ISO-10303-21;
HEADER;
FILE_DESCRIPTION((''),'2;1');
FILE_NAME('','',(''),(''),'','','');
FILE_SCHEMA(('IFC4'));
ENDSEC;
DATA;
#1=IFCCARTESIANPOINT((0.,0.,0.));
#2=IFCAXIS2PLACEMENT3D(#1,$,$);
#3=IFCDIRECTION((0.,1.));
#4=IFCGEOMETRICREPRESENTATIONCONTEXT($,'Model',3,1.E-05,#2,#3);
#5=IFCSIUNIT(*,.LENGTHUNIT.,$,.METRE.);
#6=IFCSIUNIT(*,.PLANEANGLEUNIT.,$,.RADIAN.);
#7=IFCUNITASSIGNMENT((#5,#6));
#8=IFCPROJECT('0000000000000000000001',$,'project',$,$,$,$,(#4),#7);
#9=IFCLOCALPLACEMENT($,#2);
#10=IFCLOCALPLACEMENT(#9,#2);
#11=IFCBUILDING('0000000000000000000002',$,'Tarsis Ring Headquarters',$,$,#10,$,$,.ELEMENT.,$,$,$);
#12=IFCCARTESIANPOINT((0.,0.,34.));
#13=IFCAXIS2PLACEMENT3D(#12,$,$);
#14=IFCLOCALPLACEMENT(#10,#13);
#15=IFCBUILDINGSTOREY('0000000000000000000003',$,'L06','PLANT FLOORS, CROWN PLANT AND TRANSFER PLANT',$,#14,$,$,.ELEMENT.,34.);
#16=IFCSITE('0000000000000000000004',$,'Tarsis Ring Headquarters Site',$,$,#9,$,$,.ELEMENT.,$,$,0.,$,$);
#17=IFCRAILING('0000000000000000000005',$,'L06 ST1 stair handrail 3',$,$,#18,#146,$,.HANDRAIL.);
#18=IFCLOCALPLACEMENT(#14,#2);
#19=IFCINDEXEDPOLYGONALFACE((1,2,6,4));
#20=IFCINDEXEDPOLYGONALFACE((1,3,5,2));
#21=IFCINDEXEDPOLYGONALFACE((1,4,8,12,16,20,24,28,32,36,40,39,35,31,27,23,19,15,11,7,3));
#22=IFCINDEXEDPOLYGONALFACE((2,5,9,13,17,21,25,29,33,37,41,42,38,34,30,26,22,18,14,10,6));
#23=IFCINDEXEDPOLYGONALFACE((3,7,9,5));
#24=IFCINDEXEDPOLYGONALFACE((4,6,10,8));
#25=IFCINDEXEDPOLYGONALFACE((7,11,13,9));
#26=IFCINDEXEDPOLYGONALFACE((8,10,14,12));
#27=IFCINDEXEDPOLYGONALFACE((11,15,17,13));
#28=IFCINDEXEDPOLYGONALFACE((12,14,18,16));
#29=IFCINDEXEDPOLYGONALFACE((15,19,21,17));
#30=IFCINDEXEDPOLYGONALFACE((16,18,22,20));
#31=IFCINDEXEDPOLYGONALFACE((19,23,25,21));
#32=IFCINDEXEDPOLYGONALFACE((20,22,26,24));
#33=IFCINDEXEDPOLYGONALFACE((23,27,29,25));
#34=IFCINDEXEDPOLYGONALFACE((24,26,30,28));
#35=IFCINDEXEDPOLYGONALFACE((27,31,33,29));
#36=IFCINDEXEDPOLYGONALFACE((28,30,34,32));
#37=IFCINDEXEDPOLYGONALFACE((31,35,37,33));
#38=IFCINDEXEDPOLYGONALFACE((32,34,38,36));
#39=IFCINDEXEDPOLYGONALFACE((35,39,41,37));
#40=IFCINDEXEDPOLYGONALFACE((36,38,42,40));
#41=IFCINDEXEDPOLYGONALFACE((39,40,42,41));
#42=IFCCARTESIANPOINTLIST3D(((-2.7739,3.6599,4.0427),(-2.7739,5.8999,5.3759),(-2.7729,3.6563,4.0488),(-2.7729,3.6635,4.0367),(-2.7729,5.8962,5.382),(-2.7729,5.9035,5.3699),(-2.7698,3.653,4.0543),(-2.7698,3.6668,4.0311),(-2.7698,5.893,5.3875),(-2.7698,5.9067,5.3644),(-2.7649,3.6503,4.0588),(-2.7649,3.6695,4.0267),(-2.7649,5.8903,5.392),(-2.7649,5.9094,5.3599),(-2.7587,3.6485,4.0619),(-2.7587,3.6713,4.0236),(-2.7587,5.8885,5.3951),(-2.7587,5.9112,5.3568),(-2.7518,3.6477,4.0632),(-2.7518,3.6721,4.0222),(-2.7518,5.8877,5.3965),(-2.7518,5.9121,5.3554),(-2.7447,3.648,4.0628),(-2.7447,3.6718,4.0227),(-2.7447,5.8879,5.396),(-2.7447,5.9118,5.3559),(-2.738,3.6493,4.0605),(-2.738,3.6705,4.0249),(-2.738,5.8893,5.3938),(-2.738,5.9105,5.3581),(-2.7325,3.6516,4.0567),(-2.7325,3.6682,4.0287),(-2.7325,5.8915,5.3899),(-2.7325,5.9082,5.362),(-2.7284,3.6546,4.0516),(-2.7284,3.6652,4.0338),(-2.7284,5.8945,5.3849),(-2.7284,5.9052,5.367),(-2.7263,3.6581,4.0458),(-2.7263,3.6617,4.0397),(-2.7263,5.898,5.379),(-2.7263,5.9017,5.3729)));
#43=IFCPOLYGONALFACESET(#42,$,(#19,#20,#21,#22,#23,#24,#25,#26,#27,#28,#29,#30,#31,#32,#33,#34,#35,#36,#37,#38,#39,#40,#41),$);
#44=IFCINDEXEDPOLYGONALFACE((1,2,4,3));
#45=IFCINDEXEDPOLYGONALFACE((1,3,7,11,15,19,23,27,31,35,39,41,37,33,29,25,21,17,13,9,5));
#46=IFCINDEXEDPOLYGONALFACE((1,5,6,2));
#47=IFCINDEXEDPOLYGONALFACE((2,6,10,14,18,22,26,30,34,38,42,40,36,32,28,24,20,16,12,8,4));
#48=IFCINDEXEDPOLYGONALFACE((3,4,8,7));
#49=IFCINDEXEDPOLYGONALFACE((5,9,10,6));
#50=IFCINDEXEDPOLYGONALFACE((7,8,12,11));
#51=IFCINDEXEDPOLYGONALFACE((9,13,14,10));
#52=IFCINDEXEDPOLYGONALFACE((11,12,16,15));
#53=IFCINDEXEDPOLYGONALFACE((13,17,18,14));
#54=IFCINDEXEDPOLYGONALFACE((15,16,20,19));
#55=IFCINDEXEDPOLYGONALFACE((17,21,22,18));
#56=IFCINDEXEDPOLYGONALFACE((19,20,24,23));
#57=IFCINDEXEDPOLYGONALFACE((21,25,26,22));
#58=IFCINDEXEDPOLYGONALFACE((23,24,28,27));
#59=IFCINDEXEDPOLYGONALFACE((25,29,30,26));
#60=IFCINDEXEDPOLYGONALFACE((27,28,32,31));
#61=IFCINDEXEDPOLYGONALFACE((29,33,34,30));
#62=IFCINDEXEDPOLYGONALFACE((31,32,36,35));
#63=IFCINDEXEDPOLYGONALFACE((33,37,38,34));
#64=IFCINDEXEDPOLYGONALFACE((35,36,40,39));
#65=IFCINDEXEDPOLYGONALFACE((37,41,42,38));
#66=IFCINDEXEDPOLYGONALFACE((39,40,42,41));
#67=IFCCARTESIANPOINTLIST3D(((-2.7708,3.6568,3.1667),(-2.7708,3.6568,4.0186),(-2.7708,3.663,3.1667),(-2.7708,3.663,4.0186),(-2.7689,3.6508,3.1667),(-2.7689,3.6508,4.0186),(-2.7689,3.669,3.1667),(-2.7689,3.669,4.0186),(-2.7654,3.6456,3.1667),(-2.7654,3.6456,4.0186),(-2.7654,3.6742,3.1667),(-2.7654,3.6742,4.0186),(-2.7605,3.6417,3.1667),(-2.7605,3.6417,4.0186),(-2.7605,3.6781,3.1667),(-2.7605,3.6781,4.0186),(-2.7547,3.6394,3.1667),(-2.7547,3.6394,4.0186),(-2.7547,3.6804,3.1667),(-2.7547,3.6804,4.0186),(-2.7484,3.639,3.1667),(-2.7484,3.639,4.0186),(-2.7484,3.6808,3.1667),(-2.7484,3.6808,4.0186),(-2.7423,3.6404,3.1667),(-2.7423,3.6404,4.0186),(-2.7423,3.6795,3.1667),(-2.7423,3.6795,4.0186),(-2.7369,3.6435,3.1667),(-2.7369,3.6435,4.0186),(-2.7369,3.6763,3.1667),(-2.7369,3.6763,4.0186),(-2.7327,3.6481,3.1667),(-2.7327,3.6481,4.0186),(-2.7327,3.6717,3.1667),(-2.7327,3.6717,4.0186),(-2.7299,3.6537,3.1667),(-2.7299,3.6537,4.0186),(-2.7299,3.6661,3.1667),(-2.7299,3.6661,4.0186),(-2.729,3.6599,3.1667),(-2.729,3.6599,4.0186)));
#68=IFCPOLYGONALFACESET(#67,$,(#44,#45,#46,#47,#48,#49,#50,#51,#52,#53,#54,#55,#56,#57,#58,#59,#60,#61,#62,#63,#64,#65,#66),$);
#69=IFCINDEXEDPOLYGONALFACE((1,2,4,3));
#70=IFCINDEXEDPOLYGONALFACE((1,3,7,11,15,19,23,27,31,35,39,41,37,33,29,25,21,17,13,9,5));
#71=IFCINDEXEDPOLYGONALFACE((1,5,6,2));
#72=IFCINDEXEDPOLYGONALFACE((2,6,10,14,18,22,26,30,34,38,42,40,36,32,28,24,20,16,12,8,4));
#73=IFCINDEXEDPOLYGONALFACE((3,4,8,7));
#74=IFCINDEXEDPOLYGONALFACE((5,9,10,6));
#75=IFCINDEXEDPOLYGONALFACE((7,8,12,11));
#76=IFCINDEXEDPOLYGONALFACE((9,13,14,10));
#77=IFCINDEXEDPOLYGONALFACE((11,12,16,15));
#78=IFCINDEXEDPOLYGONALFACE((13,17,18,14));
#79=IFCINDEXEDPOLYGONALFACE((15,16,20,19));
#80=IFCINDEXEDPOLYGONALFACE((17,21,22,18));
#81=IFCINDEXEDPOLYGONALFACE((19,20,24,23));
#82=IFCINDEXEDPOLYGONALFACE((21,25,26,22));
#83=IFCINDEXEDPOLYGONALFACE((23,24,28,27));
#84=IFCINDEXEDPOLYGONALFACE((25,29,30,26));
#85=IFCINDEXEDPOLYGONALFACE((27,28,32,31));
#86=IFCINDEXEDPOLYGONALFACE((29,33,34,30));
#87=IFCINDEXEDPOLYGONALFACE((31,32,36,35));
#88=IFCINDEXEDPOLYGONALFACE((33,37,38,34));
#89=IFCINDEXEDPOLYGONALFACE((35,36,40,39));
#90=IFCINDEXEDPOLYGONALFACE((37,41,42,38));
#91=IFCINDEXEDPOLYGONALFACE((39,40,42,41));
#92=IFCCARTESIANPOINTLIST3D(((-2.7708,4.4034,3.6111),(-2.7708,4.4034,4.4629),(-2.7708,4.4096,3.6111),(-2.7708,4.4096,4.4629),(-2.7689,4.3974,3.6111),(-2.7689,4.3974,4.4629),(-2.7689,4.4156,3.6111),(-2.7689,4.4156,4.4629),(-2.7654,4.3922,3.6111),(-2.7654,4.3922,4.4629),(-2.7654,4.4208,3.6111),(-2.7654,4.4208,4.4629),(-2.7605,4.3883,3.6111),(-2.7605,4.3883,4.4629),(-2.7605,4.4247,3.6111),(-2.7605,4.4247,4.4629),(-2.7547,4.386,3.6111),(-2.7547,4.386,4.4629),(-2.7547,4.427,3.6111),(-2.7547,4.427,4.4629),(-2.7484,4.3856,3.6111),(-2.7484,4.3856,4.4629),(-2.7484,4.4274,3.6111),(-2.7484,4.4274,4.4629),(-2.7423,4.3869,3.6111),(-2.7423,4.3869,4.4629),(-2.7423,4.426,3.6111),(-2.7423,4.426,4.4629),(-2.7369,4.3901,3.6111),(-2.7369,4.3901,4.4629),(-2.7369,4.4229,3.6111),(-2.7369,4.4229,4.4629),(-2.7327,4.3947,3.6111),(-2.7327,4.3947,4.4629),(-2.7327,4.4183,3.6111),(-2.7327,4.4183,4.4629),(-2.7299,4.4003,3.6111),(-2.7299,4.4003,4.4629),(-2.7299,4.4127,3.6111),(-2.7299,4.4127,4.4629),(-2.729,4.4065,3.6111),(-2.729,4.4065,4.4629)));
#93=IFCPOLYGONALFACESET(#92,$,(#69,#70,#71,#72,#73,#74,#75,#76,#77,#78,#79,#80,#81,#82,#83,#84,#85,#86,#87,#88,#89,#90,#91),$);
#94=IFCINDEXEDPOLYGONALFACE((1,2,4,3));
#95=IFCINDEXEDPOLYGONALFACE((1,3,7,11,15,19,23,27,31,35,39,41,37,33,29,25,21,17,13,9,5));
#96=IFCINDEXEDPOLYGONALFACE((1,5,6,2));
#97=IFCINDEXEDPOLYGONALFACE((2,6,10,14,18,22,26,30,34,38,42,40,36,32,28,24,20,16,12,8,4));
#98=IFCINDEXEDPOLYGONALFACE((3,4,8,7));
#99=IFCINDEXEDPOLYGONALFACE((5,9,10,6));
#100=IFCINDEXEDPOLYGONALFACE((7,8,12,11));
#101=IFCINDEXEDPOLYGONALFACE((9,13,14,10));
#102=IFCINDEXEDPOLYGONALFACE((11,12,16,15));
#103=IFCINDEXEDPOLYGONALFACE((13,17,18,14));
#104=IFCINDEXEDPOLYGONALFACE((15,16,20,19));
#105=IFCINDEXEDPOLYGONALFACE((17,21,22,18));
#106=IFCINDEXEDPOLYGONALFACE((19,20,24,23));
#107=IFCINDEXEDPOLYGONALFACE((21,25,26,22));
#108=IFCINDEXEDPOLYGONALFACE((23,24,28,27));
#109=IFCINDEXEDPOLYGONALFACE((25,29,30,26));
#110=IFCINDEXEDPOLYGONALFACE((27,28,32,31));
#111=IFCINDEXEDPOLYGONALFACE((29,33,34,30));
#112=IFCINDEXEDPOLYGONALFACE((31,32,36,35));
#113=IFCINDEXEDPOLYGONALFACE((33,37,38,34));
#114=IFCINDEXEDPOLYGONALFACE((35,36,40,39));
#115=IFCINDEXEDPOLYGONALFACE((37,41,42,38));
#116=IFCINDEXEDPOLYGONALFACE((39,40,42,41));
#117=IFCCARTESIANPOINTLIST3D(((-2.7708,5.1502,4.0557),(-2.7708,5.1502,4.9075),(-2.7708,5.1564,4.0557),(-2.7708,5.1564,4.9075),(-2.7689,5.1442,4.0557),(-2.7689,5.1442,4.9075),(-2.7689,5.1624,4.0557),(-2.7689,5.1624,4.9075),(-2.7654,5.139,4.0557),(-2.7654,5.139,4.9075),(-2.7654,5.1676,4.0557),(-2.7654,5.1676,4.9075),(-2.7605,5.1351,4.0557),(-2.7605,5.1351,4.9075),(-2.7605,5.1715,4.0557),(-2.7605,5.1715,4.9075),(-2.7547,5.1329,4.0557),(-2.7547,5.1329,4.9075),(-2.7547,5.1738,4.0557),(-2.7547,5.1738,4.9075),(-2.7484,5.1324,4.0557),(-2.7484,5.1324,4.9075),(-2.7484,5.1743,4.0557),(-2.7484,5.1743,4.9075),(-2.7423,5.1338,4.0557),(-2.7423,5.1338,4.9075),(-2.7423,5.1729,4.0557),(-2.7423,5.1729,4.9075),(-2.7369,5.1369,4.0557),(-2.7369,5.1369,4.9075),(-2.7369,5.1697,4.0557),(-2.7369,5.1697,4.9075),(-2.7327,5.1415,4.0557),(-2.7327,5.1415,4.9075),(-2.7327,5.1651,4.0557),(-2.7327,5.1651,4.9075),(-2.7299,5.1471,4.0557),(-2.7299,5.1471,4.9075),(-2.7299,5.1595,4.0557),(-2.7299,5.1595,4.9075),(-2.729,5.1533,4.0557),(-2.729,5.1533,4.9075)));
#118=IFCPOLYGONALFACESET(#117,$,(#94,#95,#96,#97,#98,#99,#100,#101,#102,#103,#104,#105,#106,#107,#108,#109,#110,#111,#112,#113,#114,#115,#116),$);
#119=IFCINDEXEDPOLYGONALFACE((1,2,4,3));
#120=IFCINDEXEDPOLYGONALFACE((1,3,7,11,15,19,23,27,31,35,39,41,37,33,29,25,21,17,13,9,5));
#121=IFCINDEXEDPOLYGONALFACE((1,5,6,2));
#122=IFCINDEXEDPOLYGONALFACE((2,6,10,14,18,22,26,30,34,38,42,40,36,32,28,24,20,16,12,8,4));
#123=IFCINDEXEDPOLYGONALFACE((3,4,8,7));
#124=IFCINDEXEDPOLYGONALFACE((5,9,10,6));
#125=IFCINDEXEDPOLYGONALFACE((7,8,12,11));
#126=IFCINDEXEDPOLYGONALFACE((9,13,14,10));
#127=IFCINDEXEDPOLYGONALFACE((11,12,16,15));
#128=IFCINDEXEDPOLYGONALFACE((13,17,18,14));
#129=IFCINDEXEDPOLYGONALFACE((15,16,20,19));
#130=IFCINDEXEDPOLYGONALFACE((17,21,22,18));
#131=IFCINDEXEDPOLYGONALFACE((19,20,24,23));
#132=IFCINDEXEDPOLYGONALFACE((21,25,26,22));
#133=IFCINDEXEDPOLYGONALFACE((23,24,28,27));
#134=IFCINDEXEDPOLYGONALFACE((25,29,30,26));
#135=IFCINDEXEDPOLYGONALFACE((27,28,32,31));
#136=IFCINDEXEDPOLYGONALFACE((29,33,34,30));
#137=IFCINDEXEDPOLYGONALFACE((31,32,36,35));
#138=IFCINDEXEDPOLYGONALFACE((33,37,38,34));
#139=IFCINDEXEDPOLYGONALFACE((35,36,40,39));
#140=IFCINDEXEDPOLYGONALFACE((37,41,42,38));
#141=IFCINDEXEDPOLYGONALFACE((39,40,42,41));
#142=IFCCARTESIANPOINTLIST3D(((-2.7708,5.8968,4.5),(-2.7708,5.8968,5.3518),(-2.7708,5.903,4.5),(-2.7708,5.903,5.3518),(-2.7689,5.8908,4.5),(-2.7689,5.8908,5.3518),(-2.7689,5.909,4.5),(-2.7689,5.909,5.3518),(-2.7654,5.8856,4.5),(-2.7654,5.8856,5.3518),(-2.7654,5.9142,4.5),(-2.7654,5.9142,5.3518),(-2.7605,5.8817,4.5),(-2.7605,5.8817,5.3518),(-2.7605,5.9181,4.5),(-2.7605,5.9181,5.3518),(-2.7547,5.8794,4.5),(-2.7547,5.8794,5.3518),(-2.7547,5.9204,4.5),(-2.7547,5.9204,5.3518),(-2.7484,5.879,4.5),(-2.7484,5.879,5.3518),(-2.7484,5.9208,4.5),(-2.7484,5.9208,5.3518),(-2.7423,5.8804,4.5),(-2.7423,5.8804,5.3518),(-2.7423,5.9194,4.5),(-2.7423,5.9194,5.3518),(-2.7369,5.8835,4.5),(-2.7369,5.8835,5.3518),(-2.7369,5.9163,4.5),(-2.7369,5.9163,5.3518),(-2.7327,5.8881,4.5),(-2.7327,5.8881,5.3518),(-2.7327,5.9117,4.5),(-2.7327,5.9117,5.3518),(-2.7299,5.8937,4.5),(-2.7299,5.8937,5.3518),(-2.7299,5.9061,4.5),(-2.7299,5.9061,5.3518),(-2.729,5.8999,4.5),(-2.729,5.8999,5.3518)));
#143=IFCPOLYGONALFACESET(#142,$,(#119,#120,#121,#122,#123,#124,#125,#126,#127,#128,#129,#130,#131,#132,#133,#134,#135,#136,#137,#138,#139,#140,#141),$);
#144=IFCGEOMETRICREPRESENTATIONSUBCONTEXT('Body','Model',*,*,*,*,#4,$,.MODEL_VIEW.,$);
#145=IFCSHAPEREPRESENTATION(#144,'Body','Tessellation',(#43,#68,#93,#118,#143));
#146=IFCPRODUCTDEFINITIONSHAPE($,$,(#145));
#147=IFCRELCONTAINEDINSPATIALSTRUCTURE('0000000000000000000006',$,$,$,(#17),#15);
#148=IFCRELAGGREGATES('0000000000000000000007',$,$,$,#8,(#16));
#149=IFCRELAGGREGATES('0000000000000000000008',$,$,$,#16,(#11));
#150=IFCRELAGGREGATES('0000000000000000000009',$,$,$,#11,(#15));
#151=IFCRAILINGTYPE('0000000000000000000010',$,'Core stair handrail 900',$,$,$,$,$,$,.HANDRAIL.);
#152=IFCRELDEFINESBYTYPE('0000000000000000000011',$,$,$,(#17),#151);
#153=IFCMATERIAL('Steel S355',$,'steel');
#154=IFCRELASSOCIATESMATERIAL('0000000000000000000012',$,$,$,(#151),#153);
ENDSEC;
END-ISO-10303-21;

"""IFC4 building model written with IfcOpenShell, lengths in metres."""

from ifc_helpers import new_model, si_unit, direction, frame, origin, origin_2d, place, context, subcontext, project, spatial, circle, extrude, material, type_object, element, save


model = new_model("IFC4")

# Units and contexts
model_context = context("Model", 3, precision=1e-05, world=origin(), true_north=direction((0.0, 1.0)))
body_context = subcontext(model_context, "Body", "Model", "MODEL_VIEW")
ifc_project = project(units=[si_unit("LENGTHUNIT", "METRE"), si_unit("PLANEANGLEUNIT", "RADIAN")], contexts=[model_context])

# Site, building, storey
site_placement = place(None, origin())
site = spatial("IfcSite", under=ifc_project, at=site_placement, Name="Tarsis Ring Headquarters Site", CompositionType="ELEMENT", RefElevation=0.0)
building_placement = place(site_placement, origin())
building = spatial("IfcBuilding", under=site, at=building_placement, Name="Tarsis Ring Headquarters", CompositionType="ELEMENT")
storey_placement = place(building_placement, frame((0.0, 0.0, 34.0)))
storey = spatial("IfcBuildingStorey", under=building, at=storey_placement, Name="L06", Description="PLANT FLOORS, CROWN PLANT AND TRANSFER PLANT", CompositionType="ELEMENT", Elevation=34.0)

# Shared definitions
ifc_material_1 = material(Name="Steel S355", Category="steel")

# Railing
railing_type_1 = type_object("IfcRailingType", Name="Core stair handrail 900", PredefinedType="HANDRAIL", material=ifc_material_1)
railing_1_placement = place(storey_placement, frame((-2.75, 3.6599, 3.1667)))
element("IfcRailing", 1, at=railing_1_placement, inside=storey, type_object=railing_type_1, Name="L06 ST1 stair handrail 3", PredefinedType="HANDRAIL", context=body_context, shape_type="SweptSolid", body=[
    extrude(circle(Radius=0.0239, at=origin_2d()), frame((0.0, 0.0, 0.876), z_axis=(0.0, 0.859306, 0.511462), x_axis=(-1.0, 0.0, 0.0)), (0.0, 0.0, 1.0), 2.6067),
    extrude(circle(Radius=0.021, at=origin_2d()), origin(), (0.0, 0.0, 1.0), 0.8518),
    extrude(circle(Radius=0.021, at=origin_2d()), frame((0.0, 0.7466, 0.4443)), (0.0, 0.0, 1.0), 0.8518),
    extrude(circle(Radius=0.021, at=origin_2d()), frame((0.0, 1.4934, 0.8889)), (0.0, 0.0, 1.0), 0.8518),
    extrude(circle(Radius=0.021, at=origin_2d()), frame((0.0, 2.24, 1.3333)), (0.0, 0.0, 1.0), 0.8518),
])

save(model, "model.ifc")
